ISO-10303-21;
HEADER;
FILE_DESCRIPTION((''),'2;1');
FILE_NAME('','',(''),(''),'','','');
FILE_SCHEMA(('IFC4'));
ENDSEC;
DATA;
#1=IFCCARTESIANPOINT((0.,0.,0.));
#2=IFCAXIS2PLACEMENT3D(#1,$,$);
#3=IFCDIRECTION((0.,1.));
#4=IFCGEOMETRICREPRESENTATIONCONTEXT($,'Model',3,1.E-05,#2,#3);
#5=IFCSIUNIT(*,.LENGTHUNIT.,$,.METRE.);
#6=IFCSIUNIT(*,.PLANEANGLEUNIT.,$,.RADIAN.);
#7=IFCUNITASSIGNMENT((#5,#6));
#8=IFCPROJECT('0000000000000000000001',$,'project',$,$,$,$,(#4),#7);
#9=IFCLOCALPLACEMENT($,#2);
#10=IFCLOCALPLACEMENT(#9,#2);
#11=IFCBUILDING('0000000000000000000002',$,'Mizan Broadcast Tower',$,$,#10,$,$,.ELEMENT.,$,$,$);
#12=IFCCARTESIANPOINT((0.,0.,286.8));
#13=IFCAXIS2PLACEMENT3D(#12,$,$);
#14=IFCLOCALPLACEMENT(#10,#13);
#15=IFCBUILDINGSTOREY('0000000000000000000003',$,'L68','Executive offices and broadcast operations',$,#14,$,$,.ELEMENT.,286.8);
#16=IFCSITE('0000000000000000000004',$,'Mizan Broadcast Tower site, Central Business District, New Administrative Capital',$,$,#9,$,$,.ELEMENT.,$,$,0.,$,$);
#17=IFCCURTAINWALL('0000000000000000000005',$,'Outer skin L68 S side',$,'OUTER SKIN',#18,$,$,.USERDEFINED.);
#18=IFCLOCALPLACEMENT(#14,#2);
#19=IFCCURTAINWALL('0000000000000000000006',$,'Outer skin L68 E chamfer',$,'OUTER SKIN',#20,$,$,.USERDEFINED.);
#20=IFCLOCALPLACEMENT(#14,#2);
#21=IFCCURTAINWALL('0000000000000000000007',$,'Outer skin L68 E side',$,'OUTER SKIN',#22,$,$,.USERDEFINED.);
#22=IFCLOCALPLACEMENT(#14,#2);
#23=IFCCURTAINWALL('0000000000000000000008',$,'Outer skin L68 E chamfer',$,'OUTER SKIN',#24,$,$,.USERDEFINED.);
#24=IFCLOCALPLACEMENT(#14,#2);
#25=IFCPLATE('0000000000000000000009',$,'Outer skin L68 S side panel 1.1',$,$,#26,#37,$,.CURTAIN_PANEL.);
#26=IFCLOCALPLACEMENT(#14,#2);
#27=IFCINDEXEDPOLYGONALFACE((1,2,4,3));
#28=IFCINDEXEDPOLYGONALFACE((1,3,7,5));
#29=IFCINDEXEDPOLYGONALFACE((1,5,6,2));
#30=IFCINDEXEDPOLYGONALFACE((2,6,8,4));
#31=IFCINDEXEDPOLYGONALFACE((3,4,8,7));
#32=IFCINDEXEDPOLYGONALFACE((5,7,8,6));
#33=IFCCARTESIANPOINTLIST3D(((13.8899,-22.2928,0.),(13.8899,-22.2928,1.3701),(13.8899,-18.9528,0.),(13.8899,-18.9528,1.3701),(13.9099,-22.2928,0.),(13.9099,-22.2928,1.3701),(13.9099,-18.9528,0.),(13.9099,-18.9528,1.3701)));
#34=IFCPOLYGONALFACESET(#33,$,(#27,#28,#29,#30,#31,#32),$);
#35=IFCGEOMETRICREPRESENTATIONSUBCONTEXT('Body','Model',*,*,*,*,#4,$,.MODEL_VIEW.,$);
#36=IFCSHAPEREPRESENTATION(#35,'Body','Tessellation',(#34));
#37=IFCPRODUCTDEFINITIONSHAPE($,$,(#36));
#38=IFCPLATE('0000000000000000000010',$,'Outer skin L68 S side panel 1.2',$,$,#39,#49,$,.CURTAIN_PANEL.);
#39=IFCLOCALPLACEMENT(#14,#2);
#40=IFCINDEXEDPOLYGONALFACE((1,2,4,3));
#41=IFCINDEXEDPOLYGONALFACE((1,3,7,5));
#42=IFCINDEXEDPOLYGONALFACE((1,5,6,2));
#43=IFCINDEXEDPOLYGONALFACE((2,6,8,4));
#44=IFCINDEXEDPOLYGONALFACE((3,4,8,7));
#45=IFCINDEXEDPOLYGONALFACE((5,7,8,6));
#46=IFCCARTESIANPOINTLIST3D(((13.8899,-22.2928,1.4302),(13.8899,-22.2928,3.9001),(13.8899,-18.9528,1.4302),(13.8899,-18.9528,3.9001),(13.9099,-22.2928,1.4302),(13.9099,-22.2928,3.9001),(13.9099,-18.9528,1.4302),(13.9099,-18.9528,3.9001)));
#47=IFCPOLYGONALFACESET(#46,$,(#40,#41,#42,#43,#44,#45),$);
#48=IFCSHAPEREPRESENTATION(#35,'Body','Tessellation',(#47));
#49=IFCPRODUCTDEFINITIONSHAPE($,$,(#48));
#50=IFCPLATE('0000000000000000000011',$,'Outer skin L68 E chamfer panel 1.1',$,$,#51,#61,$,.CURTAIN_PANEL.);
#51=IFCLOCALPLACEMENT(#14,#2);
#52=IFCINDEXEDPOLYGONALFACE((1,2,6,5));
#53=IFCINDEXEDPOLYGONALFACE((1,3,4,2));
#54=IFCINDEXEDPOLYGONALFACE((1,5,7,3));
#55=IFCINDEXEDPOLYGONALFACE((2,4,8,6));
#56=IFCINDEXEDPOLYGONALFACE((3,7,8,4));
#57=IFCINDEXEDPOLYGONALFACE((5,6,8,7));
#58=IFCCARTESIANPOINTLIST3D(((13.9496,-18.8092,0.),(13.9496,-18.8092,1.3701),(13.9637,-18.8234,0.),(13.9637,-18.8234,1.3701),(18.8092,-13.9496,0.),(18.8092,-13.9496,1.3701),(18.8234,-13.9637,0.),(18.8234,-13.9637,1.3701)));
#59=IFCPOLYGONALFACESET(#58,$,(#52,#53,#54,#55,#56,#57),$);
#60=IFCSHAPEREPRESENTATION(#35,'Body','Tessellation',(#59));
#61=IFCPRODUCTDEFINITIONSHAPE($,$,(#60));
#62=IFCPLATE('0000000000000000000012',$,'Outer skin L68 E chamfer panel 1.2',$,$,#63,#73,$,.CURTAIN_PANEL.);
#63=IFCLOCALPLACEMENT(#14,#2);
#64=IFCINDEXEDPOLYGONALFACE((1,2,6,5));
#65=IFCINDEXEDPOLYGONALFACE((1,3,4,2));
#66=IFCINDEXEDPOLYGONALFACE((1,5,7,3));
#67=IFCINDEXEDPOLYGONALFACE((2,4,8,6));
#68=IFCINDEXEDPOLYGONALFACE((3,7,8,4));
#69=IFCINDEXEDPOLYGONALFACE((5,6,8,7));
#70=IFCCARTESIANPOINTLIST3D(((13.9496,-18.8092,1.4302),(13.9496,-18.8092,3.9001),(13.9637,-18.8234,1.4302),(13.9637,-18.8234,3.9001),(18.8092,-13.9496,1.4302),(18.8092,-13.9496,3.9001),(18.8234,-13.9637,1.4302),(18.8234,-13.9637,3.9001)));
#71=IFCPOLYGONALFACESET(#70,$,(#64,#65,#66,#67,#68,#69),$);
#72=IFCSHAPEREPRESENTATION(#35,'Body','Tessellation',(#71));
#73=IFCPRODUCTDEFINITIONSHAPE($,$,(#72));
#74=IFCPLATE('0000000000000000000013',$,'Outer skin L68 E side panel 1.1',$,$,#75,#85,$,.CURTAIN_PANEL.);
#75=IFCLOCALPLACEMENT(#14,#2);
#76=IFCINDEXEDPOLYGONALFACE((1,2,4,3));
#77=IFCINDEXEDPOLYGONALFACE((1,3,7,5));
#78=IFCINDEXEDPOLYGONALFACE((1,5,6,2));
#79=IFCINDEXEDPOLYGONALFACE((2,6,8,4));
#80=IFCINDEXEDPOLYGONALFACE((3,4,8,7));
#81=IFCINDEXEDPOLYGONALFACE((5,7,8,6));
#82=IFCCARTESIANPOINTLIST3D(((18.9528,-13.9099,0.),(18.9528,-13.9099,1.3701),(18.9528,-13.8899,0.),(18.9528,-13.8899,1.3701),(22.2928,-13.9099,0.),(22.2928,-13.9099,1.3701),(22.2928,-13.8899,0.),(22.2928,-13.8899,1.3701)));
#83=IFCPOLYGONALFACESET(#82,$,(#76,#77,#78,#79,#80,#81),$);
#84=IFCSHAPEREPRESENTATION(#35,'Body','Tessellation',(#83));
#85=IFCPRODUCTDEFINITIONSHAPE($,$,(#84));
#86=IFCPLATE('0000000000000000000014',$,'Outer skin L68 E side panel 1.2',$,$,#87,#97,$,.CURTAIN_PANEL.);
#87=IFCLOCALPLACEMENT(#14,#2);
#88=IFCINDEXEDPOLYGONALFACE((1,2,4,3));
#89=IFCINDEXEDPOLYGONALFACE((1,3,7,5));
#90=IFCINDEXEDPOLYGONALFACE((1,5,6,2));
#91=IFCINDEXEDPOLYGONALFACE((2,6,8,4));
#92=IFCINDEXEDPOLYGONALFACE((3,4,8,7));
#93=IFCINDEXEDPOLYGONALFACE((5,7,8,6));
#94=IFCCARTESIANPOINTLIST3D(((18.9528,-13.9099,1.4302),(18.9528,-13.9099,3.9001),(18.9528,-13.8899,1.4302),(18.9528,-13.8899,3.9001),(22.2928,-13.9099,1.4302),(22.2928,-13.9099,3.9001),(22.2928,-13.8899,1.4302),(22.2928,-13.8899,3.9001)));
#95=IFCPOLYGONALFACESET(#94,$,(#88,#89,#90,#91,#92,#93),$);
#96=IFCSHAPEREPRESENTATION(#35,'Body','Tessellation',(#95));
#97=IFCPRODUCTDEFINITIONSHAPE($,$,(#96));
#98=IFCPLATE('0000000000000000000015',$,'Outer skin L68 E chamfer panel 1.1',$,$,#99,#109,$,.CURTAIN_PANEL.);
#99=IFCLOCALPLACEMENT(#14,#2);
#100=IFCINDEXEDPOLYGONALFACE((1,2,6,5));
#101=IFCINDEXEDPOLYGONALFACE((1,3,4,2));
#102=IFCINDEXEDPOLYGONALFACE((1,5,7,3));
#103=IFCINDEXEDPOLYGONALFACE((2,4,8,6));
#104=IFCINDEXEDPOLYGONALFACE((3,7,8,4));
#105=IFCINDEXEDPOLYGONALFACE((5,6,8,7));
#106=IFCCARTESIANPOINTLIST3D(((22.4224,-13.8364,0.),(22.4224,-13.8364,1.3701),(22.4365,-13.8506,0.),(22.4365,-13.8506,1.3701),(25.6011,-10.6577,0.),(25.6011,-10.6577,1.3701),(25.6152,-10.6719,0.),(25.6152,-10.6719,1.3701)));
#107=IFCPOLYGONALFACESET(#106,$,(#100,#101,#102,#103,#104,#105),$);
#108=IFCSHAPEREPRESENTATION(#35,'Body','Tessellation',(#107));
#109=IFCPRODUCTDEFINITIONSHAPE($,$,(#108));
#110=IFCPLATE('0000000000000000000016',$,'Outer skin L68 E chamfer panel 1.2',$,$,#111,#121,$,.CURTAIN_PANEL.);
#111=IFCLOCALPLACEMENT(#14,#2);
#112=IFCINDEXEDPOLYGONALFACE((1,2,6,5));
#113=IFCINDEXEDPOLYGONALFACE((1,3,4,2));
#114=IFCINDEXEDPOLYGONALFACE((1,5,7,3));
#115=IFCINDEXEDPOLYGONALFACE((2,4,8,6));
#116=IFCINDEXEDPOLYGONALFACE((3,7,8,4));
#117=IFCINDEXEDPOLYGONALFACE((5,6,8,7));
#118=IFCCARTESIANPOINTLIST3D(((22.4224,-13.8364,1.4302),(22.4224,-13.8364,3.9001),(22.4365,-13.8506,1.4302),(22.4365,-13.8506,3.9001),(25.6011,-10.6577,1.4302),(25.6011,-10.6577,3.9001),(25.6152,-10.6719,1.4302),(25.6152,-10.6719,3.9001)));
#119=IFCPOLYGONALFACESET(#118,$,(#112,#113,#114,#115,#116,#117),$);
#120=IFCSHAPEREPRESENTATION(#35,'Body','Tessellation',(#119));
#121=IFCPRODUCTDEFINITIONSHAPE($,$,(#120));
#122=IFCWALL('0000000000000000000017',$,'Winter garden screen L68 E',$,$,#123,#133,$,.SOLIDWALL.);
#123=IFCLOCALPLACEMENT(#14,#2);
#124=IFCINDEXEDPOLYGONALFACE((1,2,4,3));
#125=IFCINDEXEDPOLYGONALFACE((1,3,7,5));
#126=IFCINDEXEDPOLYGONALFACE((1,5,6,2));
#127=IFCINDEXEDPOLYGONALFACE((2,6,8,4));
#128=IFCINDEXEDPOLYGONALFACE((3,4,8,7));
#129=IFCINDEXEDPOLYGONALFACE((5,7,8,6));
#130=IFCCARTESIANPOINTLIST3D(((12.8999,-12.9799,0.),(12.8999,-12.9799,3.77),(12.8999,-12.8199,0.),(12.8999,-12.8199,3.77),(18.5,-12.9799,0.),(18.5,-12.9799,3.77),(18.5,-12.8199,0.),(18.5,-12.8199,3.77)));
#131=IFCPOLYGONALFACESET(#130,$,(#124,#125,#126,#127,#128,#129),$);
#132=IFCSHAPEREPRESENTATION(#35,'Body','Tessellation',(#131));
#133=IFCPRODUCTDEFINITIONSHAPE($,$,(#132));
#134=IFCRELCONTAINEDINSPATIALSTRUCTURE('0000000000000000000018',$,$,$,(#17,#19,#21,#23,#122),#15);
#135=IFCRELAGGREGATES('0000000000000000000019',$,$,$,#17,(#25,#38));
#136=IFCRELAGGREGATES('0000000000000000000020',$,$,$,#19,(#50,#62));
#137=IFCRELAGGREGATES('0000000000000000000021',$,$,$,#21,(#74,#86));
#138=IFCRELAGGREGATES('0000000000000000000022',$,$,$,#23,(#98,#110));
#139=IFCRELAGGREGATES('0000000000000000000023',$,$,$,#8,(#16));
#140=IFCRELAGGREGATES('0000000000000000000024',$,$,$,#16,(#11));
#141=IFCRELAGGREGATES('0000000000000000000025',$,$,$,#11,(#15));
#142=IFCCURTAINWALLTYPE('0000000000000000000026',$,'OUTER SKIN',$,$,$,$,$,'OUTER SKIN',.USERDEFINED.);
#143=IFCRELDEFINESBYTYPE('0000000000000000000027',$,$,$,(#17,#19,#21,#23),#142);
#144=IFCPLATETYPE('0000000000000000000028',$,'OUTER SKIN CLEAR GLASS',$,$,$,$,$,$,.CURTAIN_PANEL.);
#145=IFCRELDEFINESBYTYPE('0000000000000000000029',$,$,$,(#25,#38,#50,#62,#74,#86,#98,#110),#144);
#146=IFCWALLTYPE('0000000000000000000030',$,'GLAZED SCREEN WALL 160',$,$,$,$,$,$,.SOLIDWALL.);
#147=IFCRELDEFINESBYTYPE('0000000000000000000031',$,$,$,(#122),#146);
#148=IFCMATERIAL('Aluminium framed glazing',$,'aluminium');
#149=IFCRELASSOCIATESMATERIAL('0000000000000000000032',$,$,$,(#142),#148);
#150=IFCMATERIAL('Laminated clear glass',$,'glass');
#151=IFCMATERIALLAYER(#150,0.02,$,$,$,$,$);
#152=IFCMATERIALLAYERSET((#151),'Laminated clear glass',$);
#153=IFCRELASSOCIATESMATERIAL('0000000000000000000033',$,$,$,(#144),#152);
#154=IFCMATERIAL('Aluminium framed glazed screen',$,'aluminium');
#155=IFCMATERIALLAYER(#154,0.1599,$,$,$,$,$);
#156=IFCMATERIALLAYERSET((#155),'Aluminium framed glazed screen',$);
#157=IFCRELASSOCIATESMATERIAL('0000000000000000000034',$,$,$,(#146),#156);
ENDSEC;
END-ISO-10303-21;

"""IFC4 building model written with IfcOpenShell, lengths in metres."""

from ifc_helpers import new_model, si_unit, direction, frame, frame_2d, origin, origin_2d, place, context, subcontext, project, spatial, rectangle, extrude, material, layer, layer_set, type_object, element, aggregate, save


model = new_model("IFC4")

# Units and contexts
model_context = context("Model", 3, precision=1e-05, world=origin(), true_north=direction((0.0, 1.0)))
body_context = subcontext(model_context, "Body", "Model", "MODEL_VIEW")
ifc_project = project(units=[si_unit("LENGTHUNIT", "METRE"), si_unit("PLANEANGLEUNIT", "RADIAN")], contexts=[model_context])

# Site, building, storey
site_placement = place(None, origin())
site = spatial("IfcSite", under=ifc_project, at=site_placement, Name="Mizan Broadcast Tower site, Central Business District, New Administrative Capital", CompositionType="ELEMENT", RefElevation=0.0)
building_placement = place(site_placement, origin())
building = spatial("IfcBuilding", under=site, at=building_placement, Name="Mizan Broadcast Tower", CompositionType="ELEMENT")
storey_placement = place(building_placement, frame((0.0, 0.0, 286.8)))
storey = spatial("IfcBuildingStorey", under=building, at=storey_placement, Name="L68", Description="Executive offices and broadcast operations", CompositionType="ELEMENT", Elevation=286.8)

# Curtain walls
ifc_material_1 = material(Name="Aluminium framed glazing", Category="aluminium")
curtain_wall_type_1 = type_object("IfcCurtainWallType", Name="OUTER SKIN", ElementType="OUTER SKIN", PredefinedType="USERDEFINED", material=ifc_material_1)
curtain_wall_1_placement = place(storey_placement, origin())
curtain_wall_1 = element("IfcCurtainWall", 1, at=curtain_wall_1_placement, inside=storey, type_object=curtain_wall_type_1, Name="Outer skin L68 S side", ObjectType="OUTER SKIN", PredefinedType="USERDEFINED")
curtain_wall_2_placement = place(storey_placement, origin())
curtain_wall_2 = element("IfcCurtainWall", 2, at=curtain_wall_2_placement, inside=storey, type_object=curtain_wall_type_1, Name="Outer skin L68 E chamfer", ObjectType="OUTER SKIN", PredefinedType="USERDEFINED")
curtain_wall_3_placement = place(storey_placement, origin())
curtain_wall_3 = element("IfcCurtainWall", 3, at=curtain_wall_3_placement, inside=storey, type_object=curtain_wall_type_1, Name="Outer skin L68 E side", ObjectType="OUTER SKIN", PredefinedType="USERDEFINED")

# Curtain wall
curtain_wall_4_placement = place(storey_placement, origin())
curtain_wall_4 = element("IfcCurtainWall", 4, at=curtain_wall_4_placement, inside=storey, type_object=curtain_wall_type_1, Name="Outer skin L68 E chamfer", ObjectType="OUTER SKIN", PredefinedType="USERDEFINED")

# Plates
ifc_material_2 = material(Name="Laminated clear glass", Category="glass")
ifc_layer_1 = layer(ifc_material_2, 0.02)
ifc_layer_set_1 = layer_set([ifc_layer_1], Name="Laminated clear glass")
plate_type_1 = type_object("IfcPlateType", Name="OUTER SKIN CLEAR GLASS", PredefinedType="CURTAIN_PANEL", material=ifc_layer_set_1)
plate_1_placement = place(storey_placement, frame((13.8999, -20.6228, 0.0), z_axis=(0.0, 0.0, 1.0), x_axis=(0.0, 1.0, 0.0)))
plate_1 = element("IfcPlate", 5, at=plate_1_placement, type_object=plate_type_1, Name="Outer skin L68 S side panel 1.1", PredefinedType="CURTAIN_PANEL", context=body_context, shape_type="SweptSolid", body=[
    extrude(rectangle(XDim=3.3401, YDim=0.02, at=origin_2d()), origin(), (0.0, 0.0, 1.0), 1.3701),
])
plate_2_placement = place(storey_placement, frame((13.8999, -20.6228, 1.4302), z_axis=(0.0, 0.0, 1.0), x_axis=(0.0, 1.0, 0.0)))
plate_2 = element("IfcPlate", 6, at=plate_2_placement, type_object=plate_type_1, Name="Outer skin L68 S side panel 1.2", PredefinedType="CURTAIN_PANEL", context=body_context, shape_type="SweptSolid", body=[
    extrude(rectangle(XDim=3.3401, YDim=0.02, at=origin_2d()), origin(), (0.0, 0.0, 1.0), 2.47),
])
aggregate(curtain_wall_1, [plate_1, plate_2])
plate_3_placement = place(storey_placement, frame((16.3865, -16.3865, 0.0), z_axis=(0.0, 0.0, 1.0), x_axis=(0.707107, 0.707107, 0.0)))
plate_3 = element("IfcPlate", 7, at=plate_3_placement, type_object=plate_type_1, Name="Outer skin L68 E chamfer panel 1.1", PredefinedType="CURTAIN_PANEL", context=body_context, shape_type="SweptSolid", body=[
    extrude(rectangle(XDim=6.8726, YDim=0.02, at=origin_2d()), origin(), (0.0, 0.0, 1.0), 1.3701),
])
plate_4_placement = place(storey_placement, frame((16.3865, -16.3865, 1.4302), z_axis=(0.0, 0.0, 1.0), x_axis=(0.707107, 0.707107, 0.0)))
plate_4 = element("IfcPlate", 8, at=plate_4_placement, type_object=plate_type_1, Name="Outer skin L68 E chamfer panel 1.2", PredefinedType="CURTAIN_PANEL", context=body_context, shape_type="SweptSolid", body=[
    extrude(rectangle(XDim=6.8726, YDim=0.02, at=origin_2d()), origin(), (0.0, 0.0, 1.0), 2.47),
])
aggregate(curtain_wall_2, [plate_3, plate_4])
plate_5_placement = place(storey_placement, frame((20.6228, -13.8999, 0.0), z_axis=(0.0, 0.0, 1.0), x_axis=(1.0, 0.0, 0.0)))
plate_5 = element("IfcPlate", 9, at=plate_5_placement, type_object=plate_type_1, Name="Outer skin L68 E side panel 1.1", PredefinedType="CURTAIN_PANEL", context=body_context, shape_type="SweptSolid", body=[
    extrude(rectangle(XDim=3.3401, YDim=0.02, at=origin_2d()), origin(), (0.0, 0.0, 1.0), 1.3701),
])
plate_6_placement = place(storey_placement, frame((20.6228, -13.8999, 1.4302), z_axis=(0.0, 0.0, 1.0), x_axis=(1.0, 0.0, 0.0)))
plate_6 = element("IfcPlate", 10, at=plate_6_placement, type_object=plate_type_1, Name="Outer skin L68 E side panel 1.2", PredefinedType="CURTAIN_PANEL", context=body_context, shape_type="SweptSolid", body=[
    extrude(rectangle(XDim=3.3401, YDim=0.02, at=origin_2d()), origin(), (0.0, 0.0, 1.0), 2.47),
])
aggregate(curtain_wall_3, [plate_5, plate_6])
plate_7_placement = place(storey_placement, frame((24.0188, -12.2542, 0.0), z_axis=(0.0, 0.0, 1.0), x_axis=(0.707107, 0.707107, 0.0)))
plate_7 = element("IfcPlate", 11, at=plate_7_placement, type_object=plate_type_1, Name="Outer skin L68 E chamfer panel 1.1", PredefinedType="CURTAIN_PANEL", context=body_context, shape_type="SweptSolid", body=[
    extrude(rectangle(XDim=4.4954, YDim=0.02, at=origin_2d()), origin(), (0.0, 0.0, 1.0), 1.3701),
])
plate_8_placement = place(storey_placement, frame((24.0188, -12.2542, 1.4302), z_axis=(0.0, 0.0, 1.0), x_axis=(0.707107, 0.707107, 0.0)))
plate_8 = element("IfcPlate", 12, at=plate_8_placement, type_object=plate_type_1, Name="Outer skin L68 E chamfer panel 1.2", PredefinedType="CURTAIN_PANEL", context=body_context, shape_type="SweptSolid", body=[
    extrude(rectangle(XDim=4.4954, YDim=0.02, at=origin_2d()), origin(), (0.0, 0.0, 1.0), 2.47),
])
aggregate(curtain_wall_4, [plate_7, plate_8])

# Wall
ifc_material_3 = material(Name="Aluminium framed glazed screen", Category="aluminium")
ifc_layer_2 = layer(ifc_material_3, 0.1599)
ifc_layer_set_2 = layer_set([ifc_layer_2], Name="Aluminium framed glazed screen")
wall_type = type_object("IfcWallType", Name="GLAZED SCREEN WALL 160", PredefinedType="SOLIDWALL", material=ifc_layer_set_2)
wall_placement = place(storey_placement, frame((12.8999, -12.8999, 0.0), z_axis=(0.0, 0.0, 1.0), x_axis=(1.0, 0.0, 0.0)))
element("IfcWall", 13, at=wall_placement, inside=storey, type_object=wall_type, Name="Winter garden screen L68 E", PredefinedType="SOLIDWALL", context=body_context, shape_type="SweptSolid", body=[
    extrude(rectangle(XDim=5.6001, YDim=0.1599, at=frame_2d((2.8, 0.0))), origin(), (0.0, 0.0, 1.0), 3.77),
])

save(model, "model.ifc")
